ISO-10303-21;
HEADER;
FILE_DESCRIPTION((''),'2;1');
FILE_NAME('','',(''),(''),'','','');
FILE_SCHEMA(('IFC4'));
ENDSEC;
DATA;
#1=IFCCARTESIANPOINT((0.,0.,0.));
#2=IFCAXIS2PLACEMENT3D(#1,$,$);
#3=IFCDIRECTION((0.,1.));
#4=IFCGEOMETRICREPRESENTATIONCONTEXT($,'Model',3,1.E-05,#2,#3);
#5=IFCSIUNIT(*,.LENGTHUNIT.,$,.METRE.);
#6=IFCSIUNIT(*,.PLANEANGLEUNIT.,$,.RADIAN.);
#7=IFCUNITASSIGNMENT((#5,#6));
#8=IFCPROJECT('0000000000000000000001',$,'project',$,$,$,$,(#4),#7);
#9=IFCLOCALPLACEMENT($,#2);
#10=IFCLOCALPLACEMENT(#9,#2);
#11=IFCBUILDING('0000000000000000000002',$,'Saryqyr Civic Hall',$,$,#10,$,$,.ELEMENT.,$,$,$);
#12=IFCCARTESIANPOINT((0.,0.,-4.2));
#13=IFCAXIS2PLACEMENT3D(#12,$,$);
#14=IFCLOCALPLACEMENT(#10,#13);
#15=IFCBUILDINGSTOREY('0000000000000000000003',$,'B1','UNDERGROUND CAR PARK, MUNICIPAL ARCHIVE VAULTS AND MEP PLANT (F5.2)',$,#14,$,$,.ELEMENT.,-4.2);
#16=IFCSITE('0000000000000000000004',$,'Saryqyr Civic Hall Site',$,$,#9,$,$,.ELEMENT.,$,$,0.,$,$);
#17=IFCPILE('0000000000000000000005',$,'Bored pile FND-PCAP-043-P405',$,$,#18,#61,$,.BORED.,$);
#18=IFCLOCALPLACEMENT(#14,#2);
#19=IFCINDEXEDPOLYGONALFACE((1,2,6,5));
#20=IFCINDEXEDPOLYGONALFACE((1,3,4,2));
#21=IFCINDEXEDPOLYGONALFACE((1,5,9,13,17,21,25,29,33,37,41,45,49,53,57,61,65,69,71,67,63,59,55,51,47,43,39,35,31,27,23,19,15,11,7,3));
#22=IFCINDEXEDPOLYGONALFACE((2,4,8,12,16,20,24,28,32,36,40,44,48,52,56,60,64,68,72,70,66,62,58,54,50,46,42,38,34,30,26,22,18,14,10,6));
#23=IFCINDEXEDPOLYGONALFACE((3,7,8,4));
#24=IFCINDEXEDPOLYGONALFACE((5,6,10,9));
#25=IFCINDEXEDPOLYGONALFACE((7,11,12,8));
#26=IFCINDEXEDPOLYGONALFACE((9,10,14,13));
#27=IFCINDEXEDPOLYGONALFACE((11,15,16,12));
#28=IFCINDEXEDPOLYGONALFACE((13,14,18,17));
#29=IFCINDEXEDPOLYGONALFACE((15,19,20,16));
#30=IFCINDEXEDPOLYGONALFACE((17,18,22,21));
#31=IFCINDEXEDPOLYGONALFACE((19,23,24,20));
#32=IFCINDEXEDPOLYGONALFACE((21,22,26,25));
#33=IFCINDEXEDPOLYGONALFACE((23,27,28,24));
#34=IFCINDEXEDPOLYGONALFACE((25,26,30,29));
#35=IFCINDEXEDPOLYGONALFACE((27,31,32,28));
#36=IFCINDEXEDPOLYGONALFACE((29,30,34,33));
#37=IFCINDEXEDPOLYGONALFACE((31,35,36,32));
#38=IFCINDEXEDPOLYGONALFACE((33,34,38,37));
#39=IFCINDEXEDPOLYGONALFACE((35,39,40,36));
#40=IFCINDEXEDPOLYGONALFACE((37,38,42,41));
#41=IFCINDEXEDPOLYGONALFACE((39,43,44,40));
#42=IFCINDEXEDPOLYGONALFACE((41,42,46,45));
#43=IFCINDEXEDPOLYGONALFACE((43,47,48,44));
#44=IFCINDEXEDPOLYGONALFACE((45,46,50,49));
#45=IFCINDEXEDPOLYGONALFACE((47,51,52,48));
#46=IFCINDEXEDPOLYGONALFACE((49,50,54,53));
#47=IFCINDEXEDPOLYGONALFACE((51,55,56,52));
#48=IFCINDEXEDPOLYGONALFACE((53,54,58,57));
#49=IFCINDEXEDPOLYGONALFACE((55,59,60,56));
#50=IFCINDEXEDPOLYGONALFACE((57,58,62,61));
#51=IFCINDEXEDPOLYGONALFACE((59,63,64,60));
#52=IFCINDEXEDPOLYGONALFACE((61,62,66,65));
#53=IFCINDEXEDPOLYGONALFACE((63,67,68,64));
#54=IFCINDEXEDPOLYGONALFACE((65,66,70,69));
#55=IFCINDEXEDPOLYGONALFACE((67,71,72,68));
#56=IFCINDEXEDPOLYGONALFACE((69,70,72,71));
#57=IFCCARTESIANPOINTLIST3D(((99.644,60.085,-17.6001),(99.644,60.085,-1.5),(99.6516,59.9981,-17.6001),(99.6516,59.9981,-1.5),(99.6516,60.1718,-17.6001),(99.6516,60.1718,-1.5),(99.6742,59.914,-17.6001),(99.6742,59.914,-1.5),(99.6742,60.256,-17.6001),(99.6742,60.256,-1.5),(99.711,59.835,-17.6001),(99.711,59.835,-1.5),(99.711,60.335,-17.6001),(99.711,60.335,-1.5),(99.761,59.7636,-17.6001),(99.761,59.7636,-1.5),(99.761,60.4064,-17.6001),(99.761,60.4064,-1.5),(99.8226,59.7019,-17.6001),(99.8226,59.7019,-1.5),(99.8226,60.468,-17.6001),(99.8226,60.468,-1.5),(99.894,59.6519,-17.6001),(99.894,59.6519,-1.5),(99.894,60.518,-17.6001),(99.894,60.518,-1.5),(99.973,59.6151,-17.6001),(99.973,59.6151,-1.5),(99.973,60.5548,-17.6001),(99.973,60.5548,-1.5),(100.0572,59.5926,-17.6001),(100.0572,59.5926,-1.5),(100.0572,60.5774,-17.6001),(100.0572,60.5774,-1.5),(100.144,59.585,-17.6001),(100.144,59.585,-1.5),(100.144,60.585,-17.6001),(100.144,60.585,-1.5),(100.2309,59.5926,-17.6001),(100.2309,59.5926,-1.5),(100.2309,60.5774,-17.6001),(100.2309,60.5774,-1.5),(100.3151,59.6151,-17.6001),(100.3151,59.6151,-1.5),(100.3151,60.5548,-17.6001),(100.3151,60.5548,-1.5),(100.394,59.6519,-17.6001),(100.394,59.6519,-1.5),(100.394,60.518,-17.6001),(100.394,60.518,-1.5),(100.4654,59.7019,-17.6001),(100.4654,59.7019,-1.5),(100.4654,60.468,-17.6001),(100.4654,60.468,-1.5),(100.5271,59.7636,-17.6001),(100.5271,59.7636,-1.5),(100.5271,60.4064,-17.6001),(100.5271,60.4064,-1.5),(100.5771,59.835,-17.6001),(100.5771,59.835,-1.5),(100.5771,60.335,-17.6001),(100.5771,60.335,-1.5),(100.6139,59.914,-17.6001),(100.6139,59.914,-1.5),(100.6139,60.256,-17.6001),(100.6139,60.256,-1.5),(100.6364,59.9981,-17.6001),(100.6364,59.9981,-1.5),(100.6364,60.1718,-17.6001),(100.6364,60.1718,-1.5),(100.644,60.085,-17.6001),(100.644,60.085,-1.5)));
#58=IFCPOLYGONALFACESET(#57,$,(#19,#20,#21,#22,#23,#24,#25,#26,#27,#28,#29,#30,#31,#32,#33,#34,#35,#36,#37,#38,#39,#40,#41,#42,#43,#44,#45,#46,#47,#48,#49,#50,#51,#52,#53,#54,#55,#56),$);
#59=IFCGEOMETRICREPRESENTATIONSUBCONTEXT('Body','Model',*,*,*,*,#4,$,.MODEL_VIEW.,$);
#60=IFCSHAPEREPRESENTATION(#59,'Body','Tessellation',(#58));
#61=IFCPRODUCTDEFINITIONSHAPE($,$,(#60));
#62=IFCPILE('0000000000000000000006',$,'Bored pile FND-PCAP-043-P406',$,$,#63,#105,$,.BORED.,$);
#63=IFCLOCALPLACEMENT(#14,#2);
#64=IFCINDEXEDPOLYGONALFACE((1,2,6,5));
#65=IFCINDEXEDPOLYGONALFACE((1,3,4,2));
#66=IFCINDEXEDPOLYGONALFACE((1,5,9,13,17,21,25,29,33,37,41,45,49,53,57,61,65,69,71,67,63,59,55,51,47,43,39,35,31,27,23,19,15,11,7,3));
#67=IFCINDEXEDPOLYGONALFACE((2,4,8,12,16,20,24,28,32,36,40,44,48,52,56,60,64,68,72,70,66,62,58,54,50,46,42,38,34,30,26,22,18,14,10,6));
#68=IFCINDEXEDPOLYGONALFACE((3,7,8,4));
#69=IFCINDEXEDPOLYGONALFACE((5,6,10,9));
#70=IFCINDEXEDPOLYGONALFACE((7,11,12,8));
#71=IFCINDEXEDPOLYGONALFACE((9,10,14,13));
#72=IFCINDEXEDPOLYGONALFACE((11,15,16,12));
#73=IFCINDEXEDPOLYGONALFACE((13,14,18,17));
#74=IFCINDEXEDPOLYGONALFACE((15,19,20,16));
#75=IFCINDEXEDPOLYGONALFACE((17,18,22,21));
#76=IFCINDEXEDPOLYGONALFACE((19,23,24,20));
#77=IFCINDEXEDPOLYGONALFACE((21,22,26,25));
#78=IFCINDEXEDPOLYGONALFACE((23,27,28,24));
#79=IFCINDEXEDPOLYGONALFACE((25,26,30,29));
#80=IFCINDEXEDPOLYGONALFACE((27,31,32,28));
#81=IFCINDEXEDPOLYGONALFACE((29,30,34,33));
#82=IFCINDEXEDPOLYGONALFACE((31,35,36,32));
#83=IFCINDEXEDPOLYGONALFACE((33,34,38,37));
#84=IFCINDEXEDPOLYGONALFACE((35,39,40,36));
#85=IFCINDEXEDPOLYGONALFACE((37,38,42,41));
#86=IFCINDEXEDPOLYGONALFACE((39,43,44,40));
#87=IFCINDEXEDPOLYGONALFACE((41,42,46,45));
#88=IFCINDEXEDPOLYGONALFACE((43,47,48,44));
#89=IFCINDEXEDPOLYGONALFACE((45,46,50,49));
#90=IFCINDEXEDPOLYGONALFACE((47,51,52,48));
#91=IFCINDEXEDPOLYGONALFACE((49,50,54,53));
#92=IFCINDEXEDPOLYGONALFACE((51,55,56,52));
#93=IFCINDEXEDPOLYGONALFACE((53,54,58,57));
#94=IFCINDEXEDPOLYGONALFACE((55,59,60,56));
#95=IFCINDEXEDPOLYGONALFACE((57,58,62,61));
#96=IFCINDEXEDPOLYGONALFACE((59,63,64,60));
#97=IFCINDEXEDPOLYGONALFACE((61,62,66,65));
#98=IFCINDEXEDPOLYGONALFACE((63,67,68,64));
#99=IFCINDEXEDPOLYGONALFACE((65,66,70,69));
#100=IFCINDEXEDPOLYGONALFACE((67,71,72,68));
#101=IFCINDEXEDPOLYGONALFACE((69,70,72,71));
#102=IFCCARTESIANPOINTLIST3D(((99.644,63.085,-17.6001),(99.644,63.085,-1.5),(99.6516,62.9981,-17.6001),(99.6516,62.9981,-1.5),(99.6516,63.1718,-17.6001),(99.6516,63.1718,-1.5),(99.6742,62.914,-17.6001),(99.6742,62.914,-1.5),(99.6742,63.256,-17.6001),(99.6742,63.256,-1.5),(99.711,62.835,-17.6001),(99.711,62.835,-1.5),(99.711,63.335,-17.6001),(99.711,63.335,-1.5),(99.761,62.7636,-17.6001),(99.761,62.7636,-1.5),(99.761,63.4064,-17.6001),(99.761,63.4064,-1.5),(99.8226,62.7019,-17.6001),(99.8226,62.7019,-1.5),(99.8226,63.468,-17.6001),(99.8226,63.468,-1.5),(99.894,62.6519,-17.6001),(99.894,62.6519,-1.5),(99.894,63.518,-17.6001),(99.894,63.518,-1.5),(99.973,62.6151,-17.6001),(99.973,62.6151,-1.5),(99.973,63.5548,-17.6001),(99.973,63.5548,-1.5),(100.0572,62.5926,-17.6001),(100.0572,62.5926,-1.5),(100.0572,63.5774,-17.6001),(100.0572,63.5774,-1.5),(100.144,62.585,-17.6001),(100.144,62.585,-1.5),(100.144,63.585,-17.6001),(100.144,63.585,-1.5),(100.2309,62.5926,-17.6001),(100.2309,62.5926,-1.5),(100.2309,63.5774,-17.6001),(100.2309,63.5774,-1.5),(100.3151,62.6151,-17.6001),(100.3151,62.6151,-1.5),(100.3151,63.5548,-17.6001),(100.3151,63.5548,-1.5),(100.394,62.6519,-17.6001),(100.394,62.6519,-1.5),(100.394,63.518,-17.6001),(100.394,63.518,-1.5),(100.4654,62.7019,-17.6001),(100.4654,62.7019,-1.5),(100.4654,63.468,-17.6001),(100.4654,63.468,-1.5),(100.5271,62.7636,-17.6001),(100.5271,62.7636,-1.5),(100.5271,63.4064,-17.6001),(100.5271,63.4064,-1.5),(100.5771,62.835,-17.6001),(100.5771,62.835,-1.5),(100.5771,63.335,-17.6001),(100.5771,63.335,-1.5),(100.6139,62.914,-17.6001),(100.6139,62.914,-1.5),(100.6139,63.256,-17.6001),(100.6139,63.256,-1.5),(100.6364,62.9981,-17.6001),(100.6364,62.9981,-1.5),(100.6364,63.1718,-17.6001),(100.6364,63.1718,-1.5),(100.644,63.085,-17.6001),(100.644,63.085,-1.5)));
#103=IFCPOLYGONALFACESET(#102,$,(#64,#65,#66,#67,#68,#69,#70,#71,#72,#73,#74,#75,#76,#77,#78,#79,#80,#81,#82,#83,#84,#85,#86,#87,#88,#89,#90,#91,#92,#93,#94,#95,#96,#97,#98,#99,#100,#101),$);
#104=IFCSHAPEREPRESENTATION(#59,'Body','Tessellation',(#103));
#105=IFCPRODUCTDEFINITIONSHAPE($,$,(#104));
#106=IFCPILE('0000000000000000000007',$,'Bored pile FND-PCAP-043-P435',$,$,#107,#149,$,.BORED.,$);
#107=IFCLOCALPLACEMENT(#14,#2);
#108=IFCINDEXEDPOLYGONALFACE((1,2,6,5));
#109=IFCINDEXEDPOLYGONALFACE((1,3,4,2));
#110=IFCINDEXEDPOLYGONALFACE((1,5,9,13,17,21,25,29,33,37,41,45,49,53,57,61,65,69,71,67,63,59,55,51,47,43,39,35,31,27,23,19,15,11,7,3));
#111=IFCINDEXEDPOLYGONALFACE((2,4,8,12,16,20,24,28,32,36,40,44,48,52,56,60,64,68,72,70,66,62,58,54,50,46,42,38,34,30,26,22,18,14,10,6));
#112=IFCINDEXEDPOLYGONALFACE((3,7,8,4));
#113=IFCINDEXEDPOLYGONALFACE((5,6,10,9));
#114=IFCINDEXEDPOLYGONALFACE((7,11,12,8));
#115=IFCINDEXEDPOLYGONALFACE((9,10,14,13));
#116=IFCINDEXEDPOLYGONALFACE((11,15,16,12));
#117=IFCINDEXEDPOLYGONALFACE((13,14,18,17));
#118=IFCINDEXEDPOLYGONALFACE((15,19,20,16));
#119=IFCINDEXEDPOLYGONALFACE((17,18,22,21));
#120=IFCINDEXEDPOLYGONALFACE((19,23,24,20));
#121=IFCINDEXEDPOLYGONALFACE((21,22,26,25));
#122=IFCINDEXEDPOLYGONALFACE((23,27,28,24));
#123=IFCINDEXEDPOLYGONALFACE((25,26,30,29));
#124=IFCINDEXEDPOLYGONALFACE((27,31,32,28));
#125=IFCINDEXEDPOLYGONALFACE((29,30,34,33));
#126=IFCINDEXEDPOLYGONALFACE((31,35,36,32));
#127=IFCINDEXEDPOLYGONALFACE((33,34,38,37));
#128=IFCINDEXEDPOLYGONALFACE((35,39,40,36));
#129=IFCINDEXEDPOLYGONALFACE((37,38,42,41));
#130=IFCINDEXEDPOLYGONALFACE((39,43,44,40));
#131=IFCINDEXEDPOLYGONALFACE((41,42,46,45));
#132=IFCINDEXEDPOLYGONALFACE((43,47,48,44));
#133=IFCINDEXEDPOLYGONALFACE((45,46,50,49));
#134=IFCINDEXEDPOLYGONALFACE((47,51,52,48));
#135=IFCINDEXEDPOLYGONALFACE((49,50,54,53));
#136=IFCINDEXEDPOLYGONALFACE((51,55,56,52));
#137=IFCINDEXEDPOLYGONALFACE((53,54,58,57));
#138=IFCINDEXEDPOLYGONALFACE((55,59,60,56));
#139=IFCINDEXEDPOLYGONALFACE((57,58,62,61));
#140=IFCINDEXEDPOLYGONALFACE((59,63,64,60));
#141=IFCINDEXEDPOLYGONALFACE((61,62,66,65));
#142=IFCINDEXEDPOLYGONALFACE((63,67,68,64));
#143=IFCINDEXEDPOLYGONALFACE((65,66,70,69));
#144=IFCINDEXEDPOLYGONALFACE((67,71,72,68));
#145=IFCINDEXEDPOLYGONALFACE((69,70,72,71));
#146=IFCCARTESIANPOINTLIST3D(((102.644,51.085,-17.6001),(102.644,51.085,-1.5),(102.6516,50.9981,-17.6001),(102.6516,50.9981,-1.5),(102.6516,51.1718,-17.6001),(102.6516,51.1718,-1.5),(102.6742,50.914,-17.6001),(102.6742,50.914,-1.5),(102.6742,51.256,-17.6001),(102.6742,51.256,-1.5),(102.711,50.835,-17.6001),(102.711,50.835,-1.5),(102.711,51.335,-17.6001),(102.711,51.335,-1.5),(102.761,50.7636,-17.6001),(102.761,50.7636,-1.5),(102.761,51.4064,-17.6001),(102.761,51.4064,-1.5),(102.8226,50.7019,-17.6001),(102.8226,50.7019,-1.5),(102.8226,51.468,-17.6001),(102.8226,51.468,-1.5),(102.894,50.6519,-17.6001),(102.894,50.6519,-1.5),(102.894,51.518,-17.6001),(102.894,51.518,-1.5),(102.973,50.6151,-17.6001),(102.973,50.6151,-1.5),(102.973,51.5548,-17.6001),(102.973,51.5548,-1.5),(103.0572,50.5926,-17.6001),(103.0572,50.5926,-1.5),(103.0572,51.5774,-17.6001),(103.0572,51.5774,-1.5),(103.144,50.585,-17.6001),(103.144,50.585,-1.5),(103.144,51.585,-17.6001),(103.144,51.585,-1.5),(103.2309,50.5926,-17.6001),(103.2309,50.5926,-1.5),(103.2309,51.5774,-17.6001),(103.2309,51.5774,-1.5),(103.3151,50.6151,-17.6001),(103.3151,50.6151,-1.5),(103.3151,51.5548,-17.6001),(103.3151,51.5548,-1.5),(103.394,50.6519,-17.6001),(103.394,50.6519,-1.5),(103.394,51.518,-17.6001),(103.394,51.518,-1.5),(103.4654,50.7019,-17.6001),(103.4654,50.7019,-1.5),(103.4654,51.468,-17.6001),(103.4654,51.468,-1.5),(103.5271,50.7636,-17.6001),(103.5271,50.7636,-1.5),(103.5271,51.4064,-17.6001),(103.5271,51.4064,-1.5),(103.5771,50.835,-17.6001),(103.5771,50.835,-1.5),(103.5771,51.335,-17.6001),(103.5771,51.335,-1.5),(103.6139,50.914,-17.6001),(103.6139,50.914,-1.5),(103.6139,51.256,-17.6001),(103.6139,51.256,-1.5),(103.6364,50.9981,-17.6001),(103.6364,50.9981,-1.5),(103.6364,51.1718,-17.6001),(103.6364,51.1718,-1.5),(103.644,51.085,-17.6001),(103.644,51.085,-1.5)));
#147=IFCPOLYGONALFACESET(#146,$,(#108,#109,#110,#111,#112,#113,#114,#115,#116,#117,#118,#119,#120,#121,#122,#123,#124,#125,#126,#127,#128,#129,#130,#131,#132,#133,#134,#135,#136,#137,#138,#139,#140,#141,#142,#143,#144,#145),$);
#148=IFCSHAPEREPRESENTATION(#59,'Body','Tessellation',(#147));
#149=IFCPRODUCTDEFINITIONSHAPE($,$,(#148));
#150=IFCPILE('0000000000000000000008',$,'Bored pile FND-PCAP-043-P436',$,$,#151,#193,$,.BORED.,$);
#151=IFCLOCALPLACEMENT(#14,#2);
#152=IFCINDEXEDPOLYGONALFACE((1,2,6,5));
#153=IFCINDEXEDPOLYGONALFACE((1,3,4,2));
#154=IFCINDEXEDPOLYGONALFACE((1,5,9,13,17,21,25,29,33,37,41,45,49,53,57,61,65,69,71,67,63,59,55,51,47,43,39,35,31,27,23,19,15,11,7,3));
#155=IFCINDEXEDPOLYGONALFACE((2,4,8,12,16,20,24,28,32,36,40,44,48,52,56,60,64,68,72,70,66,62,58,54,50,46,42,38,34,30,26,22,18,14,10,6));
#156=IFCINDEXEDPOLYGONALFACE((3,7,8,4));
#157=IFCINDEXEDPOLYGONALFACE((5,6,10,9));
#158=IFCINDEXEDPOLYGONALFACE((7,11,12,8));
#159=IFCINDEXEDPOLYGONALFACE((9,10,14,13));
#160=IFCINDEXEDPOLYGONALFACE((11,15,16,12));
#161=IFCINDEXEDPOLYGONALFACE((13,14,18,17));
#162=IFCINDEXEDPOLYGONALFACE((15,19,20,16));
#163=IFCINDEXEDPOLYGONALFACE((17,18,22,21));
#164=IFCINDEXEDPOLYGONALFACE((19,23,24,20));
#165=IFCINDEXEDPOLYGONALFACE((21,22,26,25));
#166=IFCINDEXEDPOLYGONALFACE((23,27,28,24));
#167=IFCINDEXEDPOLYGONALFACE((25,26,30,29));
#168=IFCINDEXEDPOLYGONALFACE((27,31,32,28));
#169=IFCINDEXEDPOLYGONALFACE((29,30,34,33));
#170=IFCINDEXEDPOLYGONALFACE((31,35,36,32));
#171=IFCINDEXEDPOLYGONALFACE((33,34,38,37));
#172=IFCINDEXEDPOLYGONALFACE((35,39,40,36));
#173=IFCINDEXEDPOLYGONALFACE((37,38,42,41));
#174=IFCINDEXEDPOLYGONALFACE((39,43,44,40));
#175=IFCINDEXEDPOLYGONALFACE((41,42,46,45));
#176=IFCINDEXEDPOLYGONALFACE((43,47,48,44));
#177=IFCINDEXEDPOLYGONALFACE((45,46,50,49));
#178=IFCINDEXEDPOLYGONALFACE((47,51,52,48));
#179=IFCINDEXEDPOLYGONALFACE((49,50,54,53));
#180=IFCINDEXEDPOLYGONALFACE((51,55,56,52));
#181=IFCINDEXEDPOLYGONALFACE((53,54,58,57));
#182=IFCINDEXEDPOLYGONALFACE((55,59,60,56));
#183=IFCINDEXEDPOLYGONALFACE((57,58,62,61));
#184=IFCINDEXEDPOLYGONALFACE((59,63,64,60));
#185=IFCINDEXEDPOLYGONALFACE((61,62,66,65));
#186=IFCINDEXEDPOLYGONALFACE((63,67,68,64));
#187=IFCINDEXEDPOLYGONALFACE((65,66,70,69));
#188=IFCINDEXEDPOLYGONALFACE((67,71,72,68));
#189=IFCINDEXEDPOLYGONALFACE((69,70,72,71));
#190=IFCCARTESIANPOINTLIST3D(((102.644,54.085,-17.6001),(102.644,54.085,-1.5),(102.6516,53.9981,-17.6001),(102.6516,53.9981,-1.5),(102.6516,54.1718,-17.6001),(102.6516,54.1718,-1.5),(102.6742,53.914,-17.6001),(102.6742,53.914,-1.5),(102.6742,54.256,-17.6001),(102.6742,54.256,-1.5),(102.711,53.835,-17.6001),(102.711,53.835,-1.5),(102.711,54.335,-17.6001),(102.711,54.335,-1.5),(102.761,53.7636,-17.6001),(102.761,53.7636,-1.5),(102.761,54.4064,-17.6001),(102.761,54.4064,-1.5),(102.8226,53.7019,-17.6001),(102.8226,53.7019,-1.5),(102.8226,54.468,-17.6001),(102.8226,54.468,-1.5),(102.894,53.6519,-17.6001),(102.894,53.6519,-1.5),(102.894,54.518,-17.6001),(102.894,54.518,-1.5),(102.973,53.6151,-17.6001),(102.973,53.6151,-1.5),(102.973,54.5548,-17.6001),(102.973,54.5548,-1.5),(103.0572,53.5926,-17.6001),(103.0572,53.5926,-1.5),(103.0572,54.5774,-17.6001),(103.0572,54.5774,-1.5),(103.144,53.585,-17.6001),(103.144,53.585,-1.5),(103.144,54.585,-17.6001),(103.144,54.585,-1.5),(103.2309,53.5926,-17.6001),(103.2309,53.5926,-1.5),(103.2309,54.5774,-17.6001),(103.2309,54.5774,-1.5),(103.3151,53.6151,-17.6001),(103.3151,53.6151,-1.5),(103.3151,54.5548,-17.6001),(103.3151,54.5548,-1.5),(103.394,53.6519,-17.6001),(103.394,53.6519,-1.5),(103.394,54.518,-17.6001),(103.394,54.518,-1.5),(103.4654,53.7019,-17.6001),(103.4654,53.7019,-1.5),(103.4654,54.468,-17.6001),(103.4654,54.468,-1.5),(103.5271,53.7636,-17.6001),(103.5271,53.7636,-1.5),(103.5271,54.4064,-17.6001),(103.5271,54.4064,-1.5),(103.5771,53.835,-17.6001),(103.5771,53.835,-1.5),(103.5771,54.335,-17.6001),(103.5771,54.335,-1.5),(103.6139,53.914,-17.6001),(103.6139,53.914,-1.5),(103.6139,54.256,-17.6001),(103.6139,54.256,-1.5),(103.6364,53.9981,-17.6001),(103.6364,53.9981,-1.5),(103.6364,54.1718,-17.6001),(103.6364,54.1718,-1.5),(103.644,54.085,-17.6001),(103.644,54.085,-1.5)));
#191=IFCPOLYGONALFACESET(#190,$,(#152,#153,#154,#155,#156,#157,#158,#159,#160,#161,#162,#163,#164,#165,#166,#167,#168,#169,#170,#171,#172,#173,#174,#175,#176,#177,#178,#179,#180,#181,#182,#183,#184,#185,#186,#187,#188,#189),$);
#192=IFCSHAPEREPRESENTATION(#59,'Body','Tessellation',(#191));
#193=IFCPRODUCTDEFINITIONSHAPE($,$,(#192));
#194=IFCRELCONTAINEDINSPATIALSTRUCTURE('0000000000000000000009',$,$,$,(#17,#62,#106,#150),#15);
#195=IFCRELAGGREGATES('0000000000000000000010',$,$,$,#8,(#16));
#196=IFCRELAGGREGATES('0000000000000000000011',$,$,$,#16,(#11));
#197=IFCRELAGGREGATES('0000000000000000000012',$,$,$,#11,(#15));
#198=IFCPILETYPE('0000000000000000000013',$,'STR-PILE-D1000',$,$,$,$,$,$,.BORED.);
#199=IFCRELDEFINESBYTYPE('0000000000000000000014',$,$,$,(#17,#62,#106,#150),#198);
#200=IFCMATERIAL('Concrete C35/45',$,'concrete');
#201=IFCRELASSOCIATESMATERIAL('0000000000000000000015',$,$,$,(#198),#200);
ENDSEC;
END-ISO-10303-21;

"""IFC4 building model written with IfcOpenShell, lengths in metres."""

from ifc_helpers import new_model, si_unit, direction, frame, origin, origin_2d, place, context, subcontext, project, spatial, circle, extrude, material, material_profile, profile_set, type_object, element, save


model = new_model("IFC4")

# Units and contexts
model_context = context("Model", 3, precision=1e-05, world=origin(), true_north=direction((0.0, 1.0)))
body_context = subcontext(model_context, "Body", "Model", "MODEL_VIEW")
ifc_project = project(units=[si_unit("LENGTHUNIT", "METRE"), si_unit("PLANEANGLEUNIT", "RADIAN")], contexts=[model_context])

# Site, building, storey
site_placement = place(None, origin())
site = spatial("IfcSite", under=ifc_project, at=site_placement, Name="Saryqyr Civic Hall Site", CompositionType="ELEMENT", RefElevation=0.0)
building_placement = place(site_placement, origin())
building = spatial("IfcBuilding", under=site, at=building_placement, Name="Saryqyr Civic Hall", CompositionType="ELEMENT")
storey_placement = place(building_placement, frame((0.0, 0.0, -4.2)))
storey = spatial("IfcBuildingStorey", under=building, at=storey_placement, Name="B1", Description="UNDERGROUND CAR PARK, MUNICIPAL ARCHIVE VAULTS AND MEP PLANT (F5.2)", CompositionType="ELEMENT", Elevation=-4.2)

# Piles
ifc_material_1 = material(Name="Concrete C35/45", Category="concrete")
ifc_material_profile_1 = material_profile(ifc_material_1, circle(Radius=0.5, at=origin_2d()), Name="BORED PILE D1000")
ifc_profile_set_1 = profile_set([ifc_material_profile_1], Name="Concrete C35/45")
pile_type = type_object("IfcPileType", Name="STR-PILE-D1000", PredefinedType="BORED", material=ifc_profile_set_1)
for number, where, z_axis, x_axis, name in (
    (1, (100.144, 60.085, -1.5), (0.0, 0.0, -1.0), (1.0, 0.0, 0.0), "Bored pile FND-PCAP-043-P405"),
    (2, (100.144, 63.085, -1.5), (0.0, 0.0, -1.0), (1.0, 0.0, 0.0), "Bored pile FND-PCAP-043-P406"),
    (3, (103.144, 51.085, -1.5), (0.0, 0.0, -1.0), (1.0, 0.0, 0.0), "Bored pile FND-PCAP-043-P435"),
    (4, (103.144, 54.085, -1.5), (0.0, 0.0, -1.0), (1.0, 0.0, 0.0), "Bored pile FND-PCAP-043-P436"),
):
    element("IfcPile", number, at=place(storey_placement, frame(where, z_axis=z_axis, x_axis=x_axis)), inside=storey, type_object=pile_type, Name=name, PredefinedType="BORED", context=body_context, shape_type="SweptSolid", body=[
        extrude(circle(Radius=0.5, at=origin_2d()), origin(), (0.0, 0.0, 1.0), 16.1001),
    ])

save(model, "model.ifc")
